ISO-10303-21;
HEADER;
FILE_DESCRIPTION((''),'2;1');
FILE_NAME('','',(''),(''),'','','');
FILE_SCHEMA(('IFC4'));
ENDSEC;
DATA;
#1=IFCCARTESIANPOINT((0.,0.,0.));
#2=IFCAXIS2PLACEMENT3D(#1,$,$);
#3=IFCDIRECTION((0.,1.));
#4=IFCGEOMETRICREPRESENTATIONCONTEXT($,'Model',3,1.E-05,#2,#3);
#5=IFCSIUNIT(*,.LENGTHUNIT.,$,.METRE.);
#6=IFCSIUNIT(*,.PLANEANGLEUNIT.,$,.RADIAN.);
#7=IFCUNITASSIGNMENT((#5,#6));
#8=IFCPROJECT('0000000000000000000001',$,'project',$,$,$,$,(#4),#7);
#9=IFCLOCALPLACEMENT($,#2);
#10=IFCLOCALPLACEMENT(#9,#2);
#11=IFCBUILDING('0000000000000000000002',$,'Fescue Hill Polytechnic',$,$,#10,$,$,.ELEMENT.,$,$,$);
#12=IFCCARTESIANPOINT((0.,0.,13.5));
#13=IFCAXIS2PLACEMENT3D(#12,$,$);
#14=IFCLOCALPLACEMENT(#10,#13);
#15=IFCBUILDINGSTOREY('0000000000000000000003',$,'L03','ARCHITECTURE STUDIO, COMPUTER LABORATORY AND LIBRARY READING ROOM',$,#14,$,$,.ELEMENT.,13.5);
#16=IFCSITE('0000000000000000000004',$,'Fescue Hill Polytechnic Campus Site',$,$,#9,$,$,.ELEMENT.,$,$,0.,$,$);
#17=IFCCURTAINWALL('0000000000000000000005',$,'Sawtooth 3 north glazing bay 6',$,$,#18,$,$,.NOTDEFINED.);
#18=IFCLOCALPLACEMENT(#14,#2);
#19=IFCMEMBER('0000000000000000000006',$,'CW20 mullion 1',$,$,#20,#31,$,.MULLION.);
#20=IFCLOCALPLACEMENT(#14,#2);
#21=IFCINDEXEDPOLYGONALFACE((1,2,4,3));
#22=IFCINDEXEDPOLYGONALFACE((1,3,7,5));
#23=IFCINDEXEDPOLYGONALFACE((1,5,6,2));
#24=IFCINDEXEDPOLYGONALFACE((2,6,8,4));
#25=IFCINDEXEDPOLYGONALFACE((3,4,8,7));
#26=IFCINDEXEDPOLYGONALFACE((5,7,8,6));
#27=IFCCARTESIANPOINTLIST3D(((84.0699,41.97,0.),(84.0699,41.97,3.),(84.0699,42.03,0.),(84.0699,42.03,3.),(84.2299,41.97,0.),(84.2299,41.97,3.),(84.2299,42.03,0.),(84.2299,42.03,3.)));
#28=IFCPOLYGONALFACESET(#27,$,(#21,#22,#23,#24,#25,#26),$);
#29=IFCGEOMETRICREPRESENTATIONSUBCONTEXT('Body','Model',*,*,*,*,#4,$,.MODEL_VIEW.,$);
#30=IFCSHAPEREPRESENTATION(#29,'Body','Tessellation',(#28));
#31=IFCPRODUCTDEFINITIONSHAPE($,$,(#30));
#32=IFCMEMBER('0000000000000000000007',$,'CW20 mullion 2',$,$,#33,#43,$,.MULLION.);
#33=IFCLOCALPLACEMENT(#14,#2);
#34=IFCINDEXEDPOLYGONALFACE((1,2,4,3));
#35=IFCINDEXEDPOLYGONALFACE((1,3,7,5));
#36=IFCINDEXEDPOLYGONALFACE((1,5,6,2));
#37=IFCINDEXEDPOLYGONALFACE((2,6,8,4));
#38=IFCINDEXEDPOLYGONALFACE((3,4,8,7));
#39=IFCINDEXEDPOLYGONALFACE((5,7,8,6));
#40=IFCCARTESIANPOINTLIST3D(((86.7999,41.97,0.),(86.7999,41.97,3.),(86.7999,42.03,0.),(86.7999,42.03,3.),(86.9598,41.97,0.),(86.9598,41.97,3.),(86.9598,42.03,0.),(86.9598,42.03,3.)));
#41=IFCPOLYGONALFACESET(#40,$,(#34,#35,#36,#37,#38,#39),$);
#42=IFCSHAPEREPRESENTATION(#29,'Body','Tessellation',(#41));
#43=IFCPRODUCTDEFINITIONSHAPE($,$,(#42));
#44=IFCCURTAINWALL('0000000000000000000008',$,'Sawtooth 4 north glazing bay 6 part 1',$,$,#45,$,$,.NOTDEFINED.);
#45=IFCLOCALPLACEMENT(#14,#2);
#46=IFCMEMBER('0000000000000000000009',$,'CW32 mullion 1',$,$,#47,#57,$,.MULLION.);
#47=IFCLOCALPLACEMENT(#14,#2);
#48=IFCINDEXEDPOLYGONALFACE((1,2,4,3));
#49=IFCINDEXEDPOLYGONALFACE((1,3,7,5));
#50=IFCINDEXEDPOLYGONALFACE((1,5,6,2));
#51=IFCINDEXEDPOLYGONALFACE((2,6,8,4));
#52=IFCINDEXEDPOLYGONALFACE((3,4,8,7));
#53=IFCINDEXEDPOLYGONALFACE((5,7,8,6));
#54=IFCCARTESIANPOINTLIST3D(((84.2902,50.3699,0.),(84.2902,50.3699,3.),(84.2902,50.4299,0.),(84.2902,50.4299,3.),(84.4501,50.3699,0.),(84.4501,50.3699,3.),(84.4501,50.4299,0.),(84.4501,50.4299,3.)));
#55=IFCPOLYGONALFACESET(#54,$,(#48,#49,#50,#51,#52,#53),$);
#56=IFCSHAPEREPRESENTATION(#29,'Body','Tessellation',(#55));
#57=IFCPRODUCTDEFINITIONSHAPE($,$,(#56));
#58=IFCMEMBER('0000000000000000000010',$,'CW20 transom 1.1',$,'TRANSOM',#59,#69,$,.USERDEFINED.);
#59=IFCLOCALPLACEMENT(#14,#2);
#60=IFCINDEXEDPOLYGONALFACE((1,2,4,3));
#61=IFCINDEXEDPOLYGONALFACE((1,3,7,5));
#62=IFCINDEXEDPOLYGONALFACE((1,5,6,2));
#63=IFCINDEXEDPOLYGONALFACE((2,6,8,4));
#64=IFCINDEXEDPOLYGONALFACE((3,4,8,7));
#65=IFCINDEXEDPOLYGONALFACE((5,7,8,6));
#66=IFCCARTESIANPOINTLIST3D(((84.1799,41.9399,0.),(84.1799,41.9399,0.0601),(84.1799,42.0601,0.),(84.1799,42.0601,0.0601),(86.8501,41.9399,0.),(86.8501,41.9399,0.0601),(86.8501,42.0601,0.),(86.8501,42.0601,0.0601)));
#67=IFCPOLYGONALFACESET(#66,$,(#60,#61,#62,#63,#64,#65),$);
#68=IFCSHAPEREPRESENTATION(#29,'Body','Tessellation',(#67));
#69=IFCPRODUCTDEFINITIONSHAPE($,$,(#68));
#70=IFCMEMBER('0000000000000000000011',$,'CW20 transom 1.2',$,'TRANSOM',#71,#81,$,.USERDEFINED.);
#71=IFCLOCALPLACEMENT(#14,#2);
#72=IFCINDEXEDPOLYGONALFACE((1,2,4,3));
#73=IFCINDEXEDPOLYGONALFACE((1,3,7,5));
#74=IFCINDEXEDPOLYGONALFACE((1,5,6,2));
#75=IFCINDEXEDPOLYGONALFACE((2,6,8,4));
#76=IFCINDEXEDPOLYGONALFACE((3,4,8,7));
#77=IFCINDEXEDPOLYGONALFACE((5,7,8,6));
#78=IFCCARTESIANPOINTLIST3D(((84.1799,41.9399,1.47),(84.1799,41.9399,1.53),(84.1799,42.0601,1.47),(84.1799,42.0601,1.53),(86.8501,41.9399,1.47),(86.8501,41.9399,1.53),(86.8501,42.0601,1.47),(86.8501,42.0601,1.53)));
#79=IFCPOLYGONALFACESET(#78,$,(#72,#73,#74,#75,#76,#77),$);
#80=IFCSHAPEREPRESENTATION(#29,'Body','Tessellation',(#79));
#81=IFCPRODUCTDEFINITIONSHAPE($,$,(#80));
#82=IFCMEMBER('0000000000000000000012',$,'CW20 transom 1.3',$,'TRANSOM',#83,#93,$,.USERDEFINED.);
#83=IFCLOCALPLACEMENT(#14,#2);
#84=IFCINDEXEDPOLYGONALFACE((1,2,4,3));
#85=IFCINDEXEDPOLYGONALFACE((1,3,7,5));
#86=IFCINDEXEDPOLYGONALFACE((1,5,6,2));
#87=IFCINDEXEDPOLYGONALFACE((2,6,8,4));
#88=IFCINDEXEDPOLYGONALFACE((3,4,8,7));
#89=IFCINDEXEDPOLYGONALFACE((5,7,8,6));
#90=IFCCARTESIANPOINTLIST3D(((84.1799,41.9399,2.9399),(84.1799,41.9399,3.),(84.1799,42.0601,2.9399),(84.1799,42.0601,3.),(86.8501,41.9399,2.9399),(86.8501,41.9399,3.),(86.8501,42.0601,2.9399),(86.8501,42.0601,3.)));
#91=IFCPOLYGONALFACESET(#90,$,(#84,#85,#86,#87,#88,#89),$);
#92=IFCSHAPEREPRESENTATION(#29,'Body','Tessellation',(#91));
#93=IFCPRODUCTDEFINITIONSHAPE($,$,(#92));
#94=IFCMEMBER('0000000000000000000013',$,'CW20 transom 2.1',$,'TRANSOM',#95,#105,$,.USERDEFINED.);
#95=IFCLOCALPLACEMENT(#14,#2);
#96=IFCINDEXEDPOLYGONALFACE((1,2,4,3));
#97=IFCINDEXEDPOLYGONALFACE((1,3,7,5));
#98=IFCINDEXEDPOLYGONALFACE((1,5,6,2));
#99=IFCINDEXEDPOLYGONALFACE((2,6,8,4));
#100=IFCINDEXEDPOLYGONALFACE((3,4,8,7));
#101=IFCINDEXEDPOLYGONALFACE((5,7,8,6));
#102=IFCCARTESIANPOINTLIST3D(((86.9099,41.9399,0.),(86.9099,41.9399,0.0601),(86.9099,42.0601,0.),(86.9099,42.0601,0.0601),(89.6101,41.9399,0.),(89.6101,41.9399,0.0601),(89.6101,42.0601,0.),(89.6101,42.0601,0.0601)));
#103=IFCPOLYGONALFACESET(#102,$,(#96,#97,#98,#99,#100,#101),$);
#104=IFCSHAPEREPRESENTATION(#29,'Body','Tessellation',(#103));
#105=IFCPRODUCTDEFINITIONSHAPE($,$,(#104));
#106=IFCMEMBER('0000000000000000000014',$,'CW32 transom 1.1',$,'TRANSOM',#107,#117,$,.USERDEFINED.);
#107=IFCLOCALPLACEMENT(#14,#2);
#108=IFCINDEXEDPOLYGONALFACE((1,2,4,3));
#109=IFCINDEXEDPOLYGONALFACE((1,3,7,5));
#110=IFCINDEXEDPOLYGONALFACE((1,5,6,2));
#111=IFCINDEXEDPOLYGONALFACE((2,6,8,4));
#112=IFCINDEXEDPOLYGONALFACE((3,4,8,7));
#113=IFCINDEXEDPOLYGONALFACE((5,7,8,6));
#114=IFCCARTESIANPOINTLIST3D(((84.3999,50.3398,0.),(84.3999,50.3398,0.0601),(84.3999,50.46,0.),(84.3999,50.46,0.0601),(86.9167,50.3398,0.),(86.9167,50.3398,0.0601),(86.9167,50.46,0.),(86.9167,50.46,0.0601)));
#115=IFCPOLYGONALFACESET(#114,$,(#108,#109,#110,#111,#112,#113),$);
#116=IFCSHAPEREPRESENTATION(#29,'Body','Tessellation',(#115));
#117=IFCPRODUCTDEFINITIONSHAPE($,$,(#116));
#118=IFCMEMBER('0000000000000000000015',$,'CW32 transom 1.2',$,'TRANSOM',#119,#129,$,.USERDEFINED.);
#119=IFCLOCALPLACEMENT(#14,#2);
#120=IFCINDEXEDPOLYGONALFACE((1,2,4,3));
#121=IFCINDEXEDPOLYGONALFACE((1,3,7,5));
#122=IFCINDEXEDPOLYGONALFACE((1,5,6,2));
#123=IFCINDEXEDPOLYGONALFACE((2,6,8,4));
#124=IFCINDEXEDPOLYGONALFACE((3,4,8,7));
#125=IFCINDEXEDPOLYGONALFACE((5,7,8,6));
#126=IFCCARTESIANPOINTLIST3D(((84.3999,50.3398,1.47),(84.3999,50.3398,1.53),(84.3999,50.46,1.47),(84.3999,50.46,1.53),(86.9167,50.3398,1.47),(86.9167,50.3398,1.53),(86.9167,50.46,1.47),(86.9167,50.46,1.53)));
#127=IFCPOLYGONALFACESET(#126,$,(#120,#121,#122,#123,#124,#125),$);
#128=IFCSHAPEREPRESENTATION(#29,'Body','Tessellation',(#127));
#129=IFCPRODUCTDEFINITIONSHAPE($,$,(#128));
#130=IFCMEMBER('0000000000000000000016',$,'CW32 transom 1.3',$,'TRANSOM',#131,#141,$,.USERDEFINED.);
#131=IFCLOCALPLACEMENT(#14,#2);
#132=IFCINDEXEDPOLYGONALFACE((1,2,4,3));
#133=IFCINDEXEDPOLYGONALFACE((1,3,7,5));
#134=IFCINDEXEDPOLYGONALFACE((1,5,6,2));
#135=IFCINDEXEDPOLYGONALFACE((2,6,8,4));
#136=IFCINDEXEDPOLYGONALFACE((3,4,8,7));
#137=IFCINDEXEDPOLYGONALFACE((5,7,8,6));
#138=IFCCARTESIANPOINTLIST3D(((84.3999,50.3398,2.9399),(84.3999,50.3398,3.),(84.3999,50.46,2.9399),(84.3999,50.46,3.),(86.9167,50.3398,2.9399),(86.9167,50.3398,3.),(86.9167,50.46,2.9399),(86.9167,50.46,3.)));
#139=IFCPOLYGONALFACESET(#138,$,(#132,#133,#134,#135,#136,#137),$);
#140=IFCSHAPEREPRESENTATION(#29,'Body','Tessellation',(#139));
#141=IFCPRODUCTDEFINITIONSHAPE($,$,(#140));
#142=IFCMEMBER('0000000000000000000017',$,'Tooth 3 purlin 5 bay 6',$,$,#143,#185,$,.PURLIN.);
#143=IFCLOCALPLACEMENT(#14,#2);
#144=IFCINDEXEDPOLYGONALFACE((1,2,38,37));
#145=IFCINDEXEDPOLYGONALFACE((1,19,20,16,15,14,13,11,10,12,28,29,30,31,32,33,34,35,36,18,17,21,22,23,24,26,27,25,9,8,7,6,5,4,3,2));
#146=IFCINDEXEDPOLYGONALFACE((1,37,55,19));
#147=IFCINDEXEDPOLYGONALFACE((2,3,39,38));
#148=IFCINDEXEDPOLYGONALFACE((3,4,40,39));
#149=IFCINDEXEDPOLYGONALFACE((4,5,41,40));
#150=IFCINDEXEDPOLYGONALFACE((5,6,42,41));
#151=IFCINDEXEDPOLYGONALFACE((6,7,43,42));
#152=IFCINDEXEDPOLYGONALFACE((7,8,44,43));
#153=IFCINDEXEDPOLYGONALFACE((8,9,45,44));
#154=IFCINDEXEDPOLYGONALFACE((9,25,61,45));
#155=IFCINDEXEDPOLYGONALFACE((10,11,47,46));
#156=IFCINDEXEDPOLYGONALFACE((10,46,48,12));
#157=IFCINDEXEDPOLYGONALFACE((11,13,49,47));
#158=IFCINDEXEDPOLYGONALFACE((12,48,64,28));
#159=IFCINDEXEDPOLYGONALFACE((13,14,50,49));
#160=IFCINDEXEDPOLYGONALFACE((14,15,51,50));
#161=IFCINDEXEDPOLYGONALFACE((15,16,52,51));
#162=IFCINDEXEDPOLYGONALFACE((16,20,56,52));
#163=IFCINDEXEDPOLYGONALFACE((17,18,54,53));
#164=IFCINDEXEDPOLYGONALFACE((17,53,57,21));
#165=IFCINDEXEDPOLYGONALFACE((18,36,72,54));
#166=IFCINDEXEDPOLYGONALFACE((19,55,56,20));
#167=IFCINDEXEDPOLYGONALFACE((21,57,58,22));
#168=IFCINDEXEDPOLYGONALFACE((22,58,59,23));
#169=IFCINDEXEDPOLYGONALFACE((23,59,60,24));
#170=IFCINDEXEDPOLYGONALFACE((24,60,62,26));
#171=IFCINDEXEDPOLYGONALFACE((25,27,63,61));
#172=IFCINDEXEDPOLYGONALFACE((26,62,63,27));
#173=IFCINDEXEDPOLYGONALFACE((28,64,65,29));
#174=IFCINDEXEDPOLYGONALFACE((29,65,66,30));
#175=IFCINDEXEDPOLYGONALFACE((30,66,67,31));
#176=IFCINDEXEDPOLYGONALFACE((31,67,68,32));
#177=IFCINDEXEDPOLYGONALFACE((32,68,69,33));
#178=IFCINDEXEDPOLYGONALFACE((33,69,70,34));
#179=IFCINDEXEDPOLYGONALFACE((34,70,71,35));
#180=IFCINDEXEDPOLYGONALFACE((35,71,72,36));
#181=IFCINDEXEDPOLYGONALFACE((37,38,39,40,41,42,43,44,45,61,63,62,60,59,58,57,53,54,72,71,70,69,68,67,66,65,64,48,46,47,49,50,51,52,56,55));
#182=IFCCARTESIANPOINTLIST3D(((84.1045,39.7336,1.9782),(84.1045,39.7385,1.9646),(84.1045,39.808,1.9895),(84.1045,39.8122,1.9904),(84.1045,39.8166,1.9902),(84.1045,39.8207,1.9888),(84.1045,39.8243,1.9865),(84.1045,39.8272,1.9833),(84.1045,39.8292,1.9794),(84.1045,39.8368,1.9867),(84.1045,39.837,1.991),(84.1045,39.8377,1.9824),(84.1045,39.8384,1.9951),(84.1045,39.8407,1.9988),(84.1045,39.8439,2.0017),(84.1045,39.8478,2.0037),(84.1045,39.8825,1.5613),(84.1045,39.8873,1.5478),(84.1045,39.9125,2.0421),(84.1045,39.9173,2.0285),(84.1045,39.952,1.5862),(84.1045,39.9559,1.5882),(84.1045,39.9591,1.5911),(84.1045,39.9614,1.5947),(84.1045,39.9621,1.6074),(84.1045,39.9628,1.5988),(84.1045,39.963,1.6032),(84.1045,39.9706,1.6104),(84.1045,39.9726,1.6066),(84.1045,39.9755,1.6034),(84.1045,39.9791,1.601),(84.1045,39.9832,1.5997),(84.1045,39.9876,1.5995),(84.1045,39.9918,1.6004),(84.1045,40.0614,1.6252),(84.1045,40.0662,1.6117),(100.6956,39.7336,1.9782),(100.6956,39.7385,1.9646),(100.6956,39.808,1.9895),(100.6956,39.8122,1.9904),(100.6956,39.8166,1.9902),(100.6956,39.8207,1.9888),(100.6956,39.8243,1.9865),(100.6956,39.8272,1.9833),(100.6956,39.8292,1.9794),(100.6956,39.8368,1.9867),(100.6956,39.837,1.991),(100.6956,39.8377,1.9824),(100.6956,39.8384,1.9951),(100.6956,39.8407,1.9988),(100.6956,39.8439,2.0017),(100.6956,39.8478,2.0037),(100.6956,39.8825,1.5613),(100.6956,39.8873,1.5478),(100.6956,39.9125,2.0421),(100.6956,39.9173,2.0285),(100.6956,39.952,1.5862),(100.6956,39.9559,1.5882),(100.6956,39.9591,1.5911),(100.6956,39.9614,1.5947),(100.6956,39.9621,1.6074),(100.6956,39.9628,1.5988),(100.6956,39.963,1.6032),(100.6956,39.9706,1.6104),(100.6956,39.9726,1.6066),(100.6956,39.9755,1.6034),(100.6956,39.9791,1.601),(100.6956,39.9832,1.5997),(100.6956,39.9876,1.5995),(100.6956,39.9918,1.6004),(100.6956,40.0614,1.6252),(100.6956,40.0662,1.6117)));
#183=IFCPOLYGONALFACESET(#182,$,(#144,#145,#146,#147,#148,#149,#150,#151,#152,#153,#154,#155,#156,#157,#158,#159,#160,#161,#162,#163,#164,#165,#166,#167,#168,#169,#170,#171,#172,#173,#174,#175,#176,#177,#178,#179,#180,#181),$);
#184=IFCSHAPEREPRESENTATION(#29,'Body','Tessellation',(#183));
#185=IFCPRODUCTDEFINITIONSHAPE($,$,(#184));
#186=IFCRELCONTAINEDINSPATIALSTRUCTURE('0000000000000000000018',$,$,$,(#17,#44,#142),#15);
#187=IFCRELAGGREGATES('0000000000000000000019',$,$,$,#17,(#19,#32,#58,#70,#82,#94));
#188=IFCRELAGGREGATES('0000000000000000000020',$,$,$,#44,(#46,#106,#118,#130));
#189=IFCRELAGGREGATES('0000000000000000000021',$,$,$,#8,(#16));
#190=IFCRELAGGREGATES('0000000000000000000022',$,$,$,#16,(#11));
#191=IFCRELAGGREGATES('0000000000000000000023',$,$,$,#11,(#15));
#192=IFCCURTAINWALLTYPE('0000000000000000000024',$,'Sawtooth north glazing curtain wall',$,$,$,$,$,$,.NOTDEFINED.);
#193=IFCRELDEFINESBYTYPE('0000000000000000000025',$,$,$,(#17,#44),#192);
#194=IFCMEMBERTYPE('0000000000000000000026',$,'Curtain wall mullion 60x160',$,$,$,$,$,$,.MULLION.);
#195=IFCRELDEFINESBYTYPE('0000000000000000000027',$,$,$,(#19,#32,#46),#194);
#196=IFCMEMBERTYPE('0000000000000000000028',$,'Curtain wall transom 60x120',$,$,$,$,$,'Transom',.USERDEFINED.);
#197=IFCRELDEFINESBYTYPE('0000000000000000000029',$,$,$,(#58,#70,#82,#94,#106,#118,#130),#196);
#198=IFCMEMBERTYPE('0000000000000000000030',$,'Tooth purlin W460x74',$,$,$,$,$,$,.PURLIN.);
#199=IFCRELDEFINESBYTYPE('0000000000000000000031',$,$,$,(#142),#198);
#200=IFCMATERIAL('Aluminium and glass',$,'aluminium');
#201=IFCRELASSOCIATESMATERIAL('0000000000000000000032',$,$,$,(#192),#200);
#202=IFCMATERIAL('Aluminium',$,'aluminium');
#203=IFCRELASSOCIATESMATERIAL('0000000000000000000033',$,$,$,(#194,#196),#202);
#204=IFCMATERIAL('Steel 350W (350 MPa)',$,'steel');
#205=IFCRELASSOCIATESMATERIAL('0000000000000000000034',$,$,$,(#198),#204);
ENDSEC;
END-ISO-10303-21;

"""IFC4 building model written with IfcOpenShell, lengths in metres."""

from ifc_helpers import new_model, si_unit, direction, frame, origin, origin_2d, place, context, subcontext, project, spatial, rectangle, i_section, extrude, material, material_profile, profile_set, type_object, element, aggregate, save


model = new_model("IFC4")

# Units and contexts
model_context = context("Model", 3, precision=1e-05, world=origin(), true_north=direction((0.0, 1.0)))
body_context = subcontext(model_context, "Body", "Model", "MODEL_VIEW")
ifc_project = project(units=[si_unit("LENGTHUNIT", "METRE"), si_unit("PLANEANGLEUNIT", "RADIAN")], contexts=[model_context])

# Site, building, storey
site_placement = place(None, origin())
site = spatial("IfcSite", under=ifc_project, at=site_placement, Name="Fescue Hill Polytechnic Campus Site", CompositionType="ELEMENT", RefElevation=0.0)
building_placement = place(site_placement, origin())
building = spatial("IfcBuilding", under=site, at=building_placement, Name="Fescue Hill Polytechnic", CompositionType="ELEMENT")
storey_placement = place(building_placement, frame((0.0, 0.0, 13.5)))
storey = spatial("IfcBuildingStorey", under=building, at=storey_placement, Name="L03", Description="ARCHITECTURE STUDIO, COMPUTER LABORATORY AND LIBRARY READING ROOM", CompositionType="ELEMENT", Elevation=13.5)

# Curtain wall, members
ifc_material_1 = material(Name="Aluminium and glass", Category="aluminium")
curtain_wall_type = type_object("IfcCurtainWallType", Name="Sawtooth north glazing curtain wall", PredefinedType="NOTDEFINED", material=ifc_material_1)
curtain_wall_1_placement = place(storey_placement, origin())
curtain_wall_1 = element("IfcCurtainWall", 1, at=curtain_wall_1_placement, inside=storey, type_object=curtain_wall_type, Name="Sawtooth 3 north glazing bay 6", PredefinedType="NOTDEFINED")
ifc_material_2 = material(Name="Aluminium", Category="aluminium")
ifc_material_profile_1 = material_profile(ifc_material_2, rectangle(XDim=0.0601, YDim=0.1599, at=origin_2d()), Name="Curtain wall mullion 60x160")
ifc_profile_set_1 = profile_set([ifc_material_profile_1], Name="Aluminium")
member_type_1 = type_object("IfcMemberType", Name="Curtain wall mullion 60x160", PredefinedType="MULLION", material=ifc_profile_set_1)
member_1_placement = place(storey_placement, frame((84.1499, 42.0, 0.0), z_axis=(0.0, 0.0, 1.0), x_axis=(0.0, 1.0, 0.0)))
member_1 = element("IfcMember", 2, at=member_1_placement, type_object=member_type_1, Name="CW20 mullion 1", PredefinedType="MULLION", context=body_context, shape_type="SweptSolid", body=[
    extrude(rectangle(XDim=0.0601, YDim=0.1599, at=origin_2d()), origin(), (0.0, 0.0, 1.0), 3.0),
])
member_2_placement = place(storey_placement, frame((86.8799, 42.0, 0.0), z_axis=(0.0, 0.0, 1.0), x_axis=(0.0, 1.0, 0.0)))
member_2 = element("IfcMember", 3, at=member_2_placement, type_object=member_type_1, Name="CW20 mullion 2", PredefinedType="MULLION", context=body_context, shape_type="SweptSolid", body=[
    extrude(rectangle(XDim=0.0601, YDim=0.1599, at=origin_2d()), origin(), (0.0, 0.0, 1.0), 3.0),
])

# Curtain wall, member
curtain_wall_2_placement = place(storey_placement, origin())
curtain_wall_2 = element("IfcCurtainWall", 4, at=curtain_wall_2_placement, inside=storey, type_object=curtain_wall_type, Name="Sawtooth 4 north glazing bay 6 part 1", PredefinedType="NOTDEFINED")
member_3_placement = place(storey_placement, frame((84.3701, 50.3999, 0.0), z_axis=(0.0, 0.0, 1.0), x_axis=(0.0, 1.0, 0.0)))
member_3 = element("IfcMember", 5, at=member_3_placement, type_object=member_type_1, Name="CW32 mullion 1", PredefinedType="MULLION", context=body_context, shape_type="SweptSolid", body=[
    extrude(rectangle(XDim=0.0601, YDim=0.1599, at=origin_2d()), origin(), (0.0, 0.0, 1.0), 3.0),
])

# Members
ifc_material_profile_2 = material_profile(ifc_material_2, rectangle(XDim=0.1201, YDim=0.0601, at=origin_2d()), Name="Curtain wall transom 60x120")
ifc_profile_set_2 = profile_set([ifc_material_profile_2], Name="Aluminium")
member_type_2 = type_object("IfcMemberType", Name="Curtain wall transom 60x120", ElementType="Transom", PredefinedType="USERDEFINED", material=ifc_profile_set_2)
member_4_placement = place(storey_placement, frame((84.1799, 42.0, 0.03), z_axis=(1.0, 0.0, 0.0), x_axis=(0.0, 1.0, 0.0)))
member_4 = element("IfcMember", 6, at=member_4_placement, type_object=member_type_2, Name="CW20 transom 1.1", ObjectType="TRANSOM", PredefinedType="USERDEFINED", context=body_context, shape_type="SweptSolid", body=[
    extrude(rectangle(XDim=0.1201, YDim=0.0601, at=origin_2d()), origin(), (0.0, 0.0, 1.0), 2.6702),
])
member_5_placement = place(storey_placement, frame((84.1799, 42.0, 1.5), z_axis=(1.0, 0.0, 0.0), x_axis=(0.0, 1.0, 0.0)))
member_5 = element("IfcMember", 7, at=member_5_placement, type_object=member_type_2, Name="CW20 transom 1.2", ObjectType="TRANSOM", PredefinedType="USERDEFINED", context=body_context, shape_type="SweptSolid", body=[
    extrude(rectangle(XDim=0.1201, YDim=0.0601, at=origin_2d()), origin(), (0.0, 0.0, 1.0), 2.6702),
])
member_6_placement = place(storey_placement, frame((84.1799, 42.0, 2.97), z_axis=(1.0, 0.0, 0.0), x_axis=(0.0, 1.0, 0.0)))
member_6 = element("IfcMember", 8, at=member_6_placement, type_object=member_type_2, Name="CW20 transom 1.3", ObjectType="TRANSOM", PredefinedType="USERDEFINED", context=body_context, shape_type="SweptSolid", body=[
    extrude(rectangle(XDim=0.1201, YDim=0.0601, at=origin_2d()), origin(), (0.0, 0.0, 1.0), 2.6702),
])
member_7_placement = place(storey_placement, frame((86.9099, 42.0, 0.03), z_axis=(1.0, 0.0, 0.0), x_axis=(0.0, 1.0, 0.0)))
member_7 = element("IfcMember", 9, at=member_7_placement, type_object=member_type_2, Name="CW20 transom 2.1", ObjectType="TRANSOM", PredefinedType="USERDEFINED", context=body_context, shape_type="SweptSolid", body=[
    extrude(rectangle(XDim=0.1201, YDim=0.0601, at=origin_2d()), origin(), (0.0, 0.0, 1.0), 2.7002),
])
member_8_placement = place(storey_placement, frame((84.3999, 50.3999, 0.03), z_axis=(1.0, 0.0, 0.0), x_axis=(0.0, 1.0, 0.0)))
member_8 = element("IfcMember", 10, at=member_8_placement, type_object=member_type_2, Name="CW32 transom 1.1", ObjectType="TRANSOM", PredefinedType="USERDEFINED", context=body_context, shape_type="SweptSolid", body=[
    extrude(rectangle(XDim=0.1201, YDim=0.0601, at=origin_2d()), origin(), (0.0, 0.0, 1.0), 2.5168),
])
member_9_placement = place(storey_placement, frame((84.3999, 50.3999, 1.5), z_axis=(1.0, 0.0, 0.0), x_axis=(0.0, 1.0, 0.0)))
member_9 = element("IfcMember", 11, at=member_9_placement, type_object=member_type_2, Name="CW32 transom 1.2", ObjectType="TRANSOM", PredefinedType="USERDEFINED", context=body_context, shape_type="SweptSolid", body=[
    extrude(rectangle(XDim=0.1201, YDim=0.0601, at=origin_2d()), origin(), (0.0, 0.0, 1.0), 2.5168),
])
member_10_placement = place(storey_placement, frame((84.3999, 50.3999, 2.97), z_axis=(1.0, 0.0, 0.0), x_axis=(0.0, 1.0, 0.0)))
member_10 = element("IfcMember", 12, at=member_10_placement, type_object=member_type_2, Name="CW32 transom 1.3", ObjectType="TRANSOM", PredefinedType="USERDEFINED", context=body_context, shape_type="SweptSolid", body=[
    extrude(rectangle(XDim=0.1201, YDim=0.0601, at=origin_2d()), origin(), (0.0, 0.0, 1.0), 2.5168),
])

# Member
ifc_material_3 = material(Name="Steel 350W (350 MPa)", Category="steel")
ifc_material_profile_3 = material_profile(ifc_material_3, i_section(OverallWidth=0.1899, OverallDepth=0.457, WebThickness=0.009, FlangeThickness=0.0144, FilletRadius=0.0166, at=origin_2d()), Name="W460x74")
ifc_profile_set_3 = profile_set([ifc_material_profile_3], Name="Steel 350W (350 MPa)")
member_type_3 = type_object("IfcMemberType", Name="Tooth purlin W460x74", PredefinedType="PURLIN", material=ifc_profile_set_3)
for number, where, z_axis, x_axis, name in (
    (13, (84.1045, 39.8999, 1.7949), (1.0, 0.0, 0.0), (0.0, 0.941742, 0.336336), "Tooth 3 purlin 5 bay 6"),
):
    element("IfcMember", number, at=place(storey_placement, frame(where, z_axis=z_axis, x_axis=x_axis)), inside=storey, type_object=member_type_3, Name=name, PredefinedType="PURLIN", context=body_context, shape_type="SweptSolid", body=[
        extrude(i_section(OverallWidth=0.1899, OverallDepth=0.457, WebThickness=0.009, FlangeThickness=0.0144, FilletRadius=0.0166, at=origin_2d()), origin(), (0.0, 0.0, 1.0), 16.5911),
    ])

aggregate(curtain_wall_1, [member_1, member_2, member_4, member_5, member_6, member_7])
aggregate(curtain_wall_2, [member_3, member_8, member_9, member_10])

save(model, "model.ifc")
